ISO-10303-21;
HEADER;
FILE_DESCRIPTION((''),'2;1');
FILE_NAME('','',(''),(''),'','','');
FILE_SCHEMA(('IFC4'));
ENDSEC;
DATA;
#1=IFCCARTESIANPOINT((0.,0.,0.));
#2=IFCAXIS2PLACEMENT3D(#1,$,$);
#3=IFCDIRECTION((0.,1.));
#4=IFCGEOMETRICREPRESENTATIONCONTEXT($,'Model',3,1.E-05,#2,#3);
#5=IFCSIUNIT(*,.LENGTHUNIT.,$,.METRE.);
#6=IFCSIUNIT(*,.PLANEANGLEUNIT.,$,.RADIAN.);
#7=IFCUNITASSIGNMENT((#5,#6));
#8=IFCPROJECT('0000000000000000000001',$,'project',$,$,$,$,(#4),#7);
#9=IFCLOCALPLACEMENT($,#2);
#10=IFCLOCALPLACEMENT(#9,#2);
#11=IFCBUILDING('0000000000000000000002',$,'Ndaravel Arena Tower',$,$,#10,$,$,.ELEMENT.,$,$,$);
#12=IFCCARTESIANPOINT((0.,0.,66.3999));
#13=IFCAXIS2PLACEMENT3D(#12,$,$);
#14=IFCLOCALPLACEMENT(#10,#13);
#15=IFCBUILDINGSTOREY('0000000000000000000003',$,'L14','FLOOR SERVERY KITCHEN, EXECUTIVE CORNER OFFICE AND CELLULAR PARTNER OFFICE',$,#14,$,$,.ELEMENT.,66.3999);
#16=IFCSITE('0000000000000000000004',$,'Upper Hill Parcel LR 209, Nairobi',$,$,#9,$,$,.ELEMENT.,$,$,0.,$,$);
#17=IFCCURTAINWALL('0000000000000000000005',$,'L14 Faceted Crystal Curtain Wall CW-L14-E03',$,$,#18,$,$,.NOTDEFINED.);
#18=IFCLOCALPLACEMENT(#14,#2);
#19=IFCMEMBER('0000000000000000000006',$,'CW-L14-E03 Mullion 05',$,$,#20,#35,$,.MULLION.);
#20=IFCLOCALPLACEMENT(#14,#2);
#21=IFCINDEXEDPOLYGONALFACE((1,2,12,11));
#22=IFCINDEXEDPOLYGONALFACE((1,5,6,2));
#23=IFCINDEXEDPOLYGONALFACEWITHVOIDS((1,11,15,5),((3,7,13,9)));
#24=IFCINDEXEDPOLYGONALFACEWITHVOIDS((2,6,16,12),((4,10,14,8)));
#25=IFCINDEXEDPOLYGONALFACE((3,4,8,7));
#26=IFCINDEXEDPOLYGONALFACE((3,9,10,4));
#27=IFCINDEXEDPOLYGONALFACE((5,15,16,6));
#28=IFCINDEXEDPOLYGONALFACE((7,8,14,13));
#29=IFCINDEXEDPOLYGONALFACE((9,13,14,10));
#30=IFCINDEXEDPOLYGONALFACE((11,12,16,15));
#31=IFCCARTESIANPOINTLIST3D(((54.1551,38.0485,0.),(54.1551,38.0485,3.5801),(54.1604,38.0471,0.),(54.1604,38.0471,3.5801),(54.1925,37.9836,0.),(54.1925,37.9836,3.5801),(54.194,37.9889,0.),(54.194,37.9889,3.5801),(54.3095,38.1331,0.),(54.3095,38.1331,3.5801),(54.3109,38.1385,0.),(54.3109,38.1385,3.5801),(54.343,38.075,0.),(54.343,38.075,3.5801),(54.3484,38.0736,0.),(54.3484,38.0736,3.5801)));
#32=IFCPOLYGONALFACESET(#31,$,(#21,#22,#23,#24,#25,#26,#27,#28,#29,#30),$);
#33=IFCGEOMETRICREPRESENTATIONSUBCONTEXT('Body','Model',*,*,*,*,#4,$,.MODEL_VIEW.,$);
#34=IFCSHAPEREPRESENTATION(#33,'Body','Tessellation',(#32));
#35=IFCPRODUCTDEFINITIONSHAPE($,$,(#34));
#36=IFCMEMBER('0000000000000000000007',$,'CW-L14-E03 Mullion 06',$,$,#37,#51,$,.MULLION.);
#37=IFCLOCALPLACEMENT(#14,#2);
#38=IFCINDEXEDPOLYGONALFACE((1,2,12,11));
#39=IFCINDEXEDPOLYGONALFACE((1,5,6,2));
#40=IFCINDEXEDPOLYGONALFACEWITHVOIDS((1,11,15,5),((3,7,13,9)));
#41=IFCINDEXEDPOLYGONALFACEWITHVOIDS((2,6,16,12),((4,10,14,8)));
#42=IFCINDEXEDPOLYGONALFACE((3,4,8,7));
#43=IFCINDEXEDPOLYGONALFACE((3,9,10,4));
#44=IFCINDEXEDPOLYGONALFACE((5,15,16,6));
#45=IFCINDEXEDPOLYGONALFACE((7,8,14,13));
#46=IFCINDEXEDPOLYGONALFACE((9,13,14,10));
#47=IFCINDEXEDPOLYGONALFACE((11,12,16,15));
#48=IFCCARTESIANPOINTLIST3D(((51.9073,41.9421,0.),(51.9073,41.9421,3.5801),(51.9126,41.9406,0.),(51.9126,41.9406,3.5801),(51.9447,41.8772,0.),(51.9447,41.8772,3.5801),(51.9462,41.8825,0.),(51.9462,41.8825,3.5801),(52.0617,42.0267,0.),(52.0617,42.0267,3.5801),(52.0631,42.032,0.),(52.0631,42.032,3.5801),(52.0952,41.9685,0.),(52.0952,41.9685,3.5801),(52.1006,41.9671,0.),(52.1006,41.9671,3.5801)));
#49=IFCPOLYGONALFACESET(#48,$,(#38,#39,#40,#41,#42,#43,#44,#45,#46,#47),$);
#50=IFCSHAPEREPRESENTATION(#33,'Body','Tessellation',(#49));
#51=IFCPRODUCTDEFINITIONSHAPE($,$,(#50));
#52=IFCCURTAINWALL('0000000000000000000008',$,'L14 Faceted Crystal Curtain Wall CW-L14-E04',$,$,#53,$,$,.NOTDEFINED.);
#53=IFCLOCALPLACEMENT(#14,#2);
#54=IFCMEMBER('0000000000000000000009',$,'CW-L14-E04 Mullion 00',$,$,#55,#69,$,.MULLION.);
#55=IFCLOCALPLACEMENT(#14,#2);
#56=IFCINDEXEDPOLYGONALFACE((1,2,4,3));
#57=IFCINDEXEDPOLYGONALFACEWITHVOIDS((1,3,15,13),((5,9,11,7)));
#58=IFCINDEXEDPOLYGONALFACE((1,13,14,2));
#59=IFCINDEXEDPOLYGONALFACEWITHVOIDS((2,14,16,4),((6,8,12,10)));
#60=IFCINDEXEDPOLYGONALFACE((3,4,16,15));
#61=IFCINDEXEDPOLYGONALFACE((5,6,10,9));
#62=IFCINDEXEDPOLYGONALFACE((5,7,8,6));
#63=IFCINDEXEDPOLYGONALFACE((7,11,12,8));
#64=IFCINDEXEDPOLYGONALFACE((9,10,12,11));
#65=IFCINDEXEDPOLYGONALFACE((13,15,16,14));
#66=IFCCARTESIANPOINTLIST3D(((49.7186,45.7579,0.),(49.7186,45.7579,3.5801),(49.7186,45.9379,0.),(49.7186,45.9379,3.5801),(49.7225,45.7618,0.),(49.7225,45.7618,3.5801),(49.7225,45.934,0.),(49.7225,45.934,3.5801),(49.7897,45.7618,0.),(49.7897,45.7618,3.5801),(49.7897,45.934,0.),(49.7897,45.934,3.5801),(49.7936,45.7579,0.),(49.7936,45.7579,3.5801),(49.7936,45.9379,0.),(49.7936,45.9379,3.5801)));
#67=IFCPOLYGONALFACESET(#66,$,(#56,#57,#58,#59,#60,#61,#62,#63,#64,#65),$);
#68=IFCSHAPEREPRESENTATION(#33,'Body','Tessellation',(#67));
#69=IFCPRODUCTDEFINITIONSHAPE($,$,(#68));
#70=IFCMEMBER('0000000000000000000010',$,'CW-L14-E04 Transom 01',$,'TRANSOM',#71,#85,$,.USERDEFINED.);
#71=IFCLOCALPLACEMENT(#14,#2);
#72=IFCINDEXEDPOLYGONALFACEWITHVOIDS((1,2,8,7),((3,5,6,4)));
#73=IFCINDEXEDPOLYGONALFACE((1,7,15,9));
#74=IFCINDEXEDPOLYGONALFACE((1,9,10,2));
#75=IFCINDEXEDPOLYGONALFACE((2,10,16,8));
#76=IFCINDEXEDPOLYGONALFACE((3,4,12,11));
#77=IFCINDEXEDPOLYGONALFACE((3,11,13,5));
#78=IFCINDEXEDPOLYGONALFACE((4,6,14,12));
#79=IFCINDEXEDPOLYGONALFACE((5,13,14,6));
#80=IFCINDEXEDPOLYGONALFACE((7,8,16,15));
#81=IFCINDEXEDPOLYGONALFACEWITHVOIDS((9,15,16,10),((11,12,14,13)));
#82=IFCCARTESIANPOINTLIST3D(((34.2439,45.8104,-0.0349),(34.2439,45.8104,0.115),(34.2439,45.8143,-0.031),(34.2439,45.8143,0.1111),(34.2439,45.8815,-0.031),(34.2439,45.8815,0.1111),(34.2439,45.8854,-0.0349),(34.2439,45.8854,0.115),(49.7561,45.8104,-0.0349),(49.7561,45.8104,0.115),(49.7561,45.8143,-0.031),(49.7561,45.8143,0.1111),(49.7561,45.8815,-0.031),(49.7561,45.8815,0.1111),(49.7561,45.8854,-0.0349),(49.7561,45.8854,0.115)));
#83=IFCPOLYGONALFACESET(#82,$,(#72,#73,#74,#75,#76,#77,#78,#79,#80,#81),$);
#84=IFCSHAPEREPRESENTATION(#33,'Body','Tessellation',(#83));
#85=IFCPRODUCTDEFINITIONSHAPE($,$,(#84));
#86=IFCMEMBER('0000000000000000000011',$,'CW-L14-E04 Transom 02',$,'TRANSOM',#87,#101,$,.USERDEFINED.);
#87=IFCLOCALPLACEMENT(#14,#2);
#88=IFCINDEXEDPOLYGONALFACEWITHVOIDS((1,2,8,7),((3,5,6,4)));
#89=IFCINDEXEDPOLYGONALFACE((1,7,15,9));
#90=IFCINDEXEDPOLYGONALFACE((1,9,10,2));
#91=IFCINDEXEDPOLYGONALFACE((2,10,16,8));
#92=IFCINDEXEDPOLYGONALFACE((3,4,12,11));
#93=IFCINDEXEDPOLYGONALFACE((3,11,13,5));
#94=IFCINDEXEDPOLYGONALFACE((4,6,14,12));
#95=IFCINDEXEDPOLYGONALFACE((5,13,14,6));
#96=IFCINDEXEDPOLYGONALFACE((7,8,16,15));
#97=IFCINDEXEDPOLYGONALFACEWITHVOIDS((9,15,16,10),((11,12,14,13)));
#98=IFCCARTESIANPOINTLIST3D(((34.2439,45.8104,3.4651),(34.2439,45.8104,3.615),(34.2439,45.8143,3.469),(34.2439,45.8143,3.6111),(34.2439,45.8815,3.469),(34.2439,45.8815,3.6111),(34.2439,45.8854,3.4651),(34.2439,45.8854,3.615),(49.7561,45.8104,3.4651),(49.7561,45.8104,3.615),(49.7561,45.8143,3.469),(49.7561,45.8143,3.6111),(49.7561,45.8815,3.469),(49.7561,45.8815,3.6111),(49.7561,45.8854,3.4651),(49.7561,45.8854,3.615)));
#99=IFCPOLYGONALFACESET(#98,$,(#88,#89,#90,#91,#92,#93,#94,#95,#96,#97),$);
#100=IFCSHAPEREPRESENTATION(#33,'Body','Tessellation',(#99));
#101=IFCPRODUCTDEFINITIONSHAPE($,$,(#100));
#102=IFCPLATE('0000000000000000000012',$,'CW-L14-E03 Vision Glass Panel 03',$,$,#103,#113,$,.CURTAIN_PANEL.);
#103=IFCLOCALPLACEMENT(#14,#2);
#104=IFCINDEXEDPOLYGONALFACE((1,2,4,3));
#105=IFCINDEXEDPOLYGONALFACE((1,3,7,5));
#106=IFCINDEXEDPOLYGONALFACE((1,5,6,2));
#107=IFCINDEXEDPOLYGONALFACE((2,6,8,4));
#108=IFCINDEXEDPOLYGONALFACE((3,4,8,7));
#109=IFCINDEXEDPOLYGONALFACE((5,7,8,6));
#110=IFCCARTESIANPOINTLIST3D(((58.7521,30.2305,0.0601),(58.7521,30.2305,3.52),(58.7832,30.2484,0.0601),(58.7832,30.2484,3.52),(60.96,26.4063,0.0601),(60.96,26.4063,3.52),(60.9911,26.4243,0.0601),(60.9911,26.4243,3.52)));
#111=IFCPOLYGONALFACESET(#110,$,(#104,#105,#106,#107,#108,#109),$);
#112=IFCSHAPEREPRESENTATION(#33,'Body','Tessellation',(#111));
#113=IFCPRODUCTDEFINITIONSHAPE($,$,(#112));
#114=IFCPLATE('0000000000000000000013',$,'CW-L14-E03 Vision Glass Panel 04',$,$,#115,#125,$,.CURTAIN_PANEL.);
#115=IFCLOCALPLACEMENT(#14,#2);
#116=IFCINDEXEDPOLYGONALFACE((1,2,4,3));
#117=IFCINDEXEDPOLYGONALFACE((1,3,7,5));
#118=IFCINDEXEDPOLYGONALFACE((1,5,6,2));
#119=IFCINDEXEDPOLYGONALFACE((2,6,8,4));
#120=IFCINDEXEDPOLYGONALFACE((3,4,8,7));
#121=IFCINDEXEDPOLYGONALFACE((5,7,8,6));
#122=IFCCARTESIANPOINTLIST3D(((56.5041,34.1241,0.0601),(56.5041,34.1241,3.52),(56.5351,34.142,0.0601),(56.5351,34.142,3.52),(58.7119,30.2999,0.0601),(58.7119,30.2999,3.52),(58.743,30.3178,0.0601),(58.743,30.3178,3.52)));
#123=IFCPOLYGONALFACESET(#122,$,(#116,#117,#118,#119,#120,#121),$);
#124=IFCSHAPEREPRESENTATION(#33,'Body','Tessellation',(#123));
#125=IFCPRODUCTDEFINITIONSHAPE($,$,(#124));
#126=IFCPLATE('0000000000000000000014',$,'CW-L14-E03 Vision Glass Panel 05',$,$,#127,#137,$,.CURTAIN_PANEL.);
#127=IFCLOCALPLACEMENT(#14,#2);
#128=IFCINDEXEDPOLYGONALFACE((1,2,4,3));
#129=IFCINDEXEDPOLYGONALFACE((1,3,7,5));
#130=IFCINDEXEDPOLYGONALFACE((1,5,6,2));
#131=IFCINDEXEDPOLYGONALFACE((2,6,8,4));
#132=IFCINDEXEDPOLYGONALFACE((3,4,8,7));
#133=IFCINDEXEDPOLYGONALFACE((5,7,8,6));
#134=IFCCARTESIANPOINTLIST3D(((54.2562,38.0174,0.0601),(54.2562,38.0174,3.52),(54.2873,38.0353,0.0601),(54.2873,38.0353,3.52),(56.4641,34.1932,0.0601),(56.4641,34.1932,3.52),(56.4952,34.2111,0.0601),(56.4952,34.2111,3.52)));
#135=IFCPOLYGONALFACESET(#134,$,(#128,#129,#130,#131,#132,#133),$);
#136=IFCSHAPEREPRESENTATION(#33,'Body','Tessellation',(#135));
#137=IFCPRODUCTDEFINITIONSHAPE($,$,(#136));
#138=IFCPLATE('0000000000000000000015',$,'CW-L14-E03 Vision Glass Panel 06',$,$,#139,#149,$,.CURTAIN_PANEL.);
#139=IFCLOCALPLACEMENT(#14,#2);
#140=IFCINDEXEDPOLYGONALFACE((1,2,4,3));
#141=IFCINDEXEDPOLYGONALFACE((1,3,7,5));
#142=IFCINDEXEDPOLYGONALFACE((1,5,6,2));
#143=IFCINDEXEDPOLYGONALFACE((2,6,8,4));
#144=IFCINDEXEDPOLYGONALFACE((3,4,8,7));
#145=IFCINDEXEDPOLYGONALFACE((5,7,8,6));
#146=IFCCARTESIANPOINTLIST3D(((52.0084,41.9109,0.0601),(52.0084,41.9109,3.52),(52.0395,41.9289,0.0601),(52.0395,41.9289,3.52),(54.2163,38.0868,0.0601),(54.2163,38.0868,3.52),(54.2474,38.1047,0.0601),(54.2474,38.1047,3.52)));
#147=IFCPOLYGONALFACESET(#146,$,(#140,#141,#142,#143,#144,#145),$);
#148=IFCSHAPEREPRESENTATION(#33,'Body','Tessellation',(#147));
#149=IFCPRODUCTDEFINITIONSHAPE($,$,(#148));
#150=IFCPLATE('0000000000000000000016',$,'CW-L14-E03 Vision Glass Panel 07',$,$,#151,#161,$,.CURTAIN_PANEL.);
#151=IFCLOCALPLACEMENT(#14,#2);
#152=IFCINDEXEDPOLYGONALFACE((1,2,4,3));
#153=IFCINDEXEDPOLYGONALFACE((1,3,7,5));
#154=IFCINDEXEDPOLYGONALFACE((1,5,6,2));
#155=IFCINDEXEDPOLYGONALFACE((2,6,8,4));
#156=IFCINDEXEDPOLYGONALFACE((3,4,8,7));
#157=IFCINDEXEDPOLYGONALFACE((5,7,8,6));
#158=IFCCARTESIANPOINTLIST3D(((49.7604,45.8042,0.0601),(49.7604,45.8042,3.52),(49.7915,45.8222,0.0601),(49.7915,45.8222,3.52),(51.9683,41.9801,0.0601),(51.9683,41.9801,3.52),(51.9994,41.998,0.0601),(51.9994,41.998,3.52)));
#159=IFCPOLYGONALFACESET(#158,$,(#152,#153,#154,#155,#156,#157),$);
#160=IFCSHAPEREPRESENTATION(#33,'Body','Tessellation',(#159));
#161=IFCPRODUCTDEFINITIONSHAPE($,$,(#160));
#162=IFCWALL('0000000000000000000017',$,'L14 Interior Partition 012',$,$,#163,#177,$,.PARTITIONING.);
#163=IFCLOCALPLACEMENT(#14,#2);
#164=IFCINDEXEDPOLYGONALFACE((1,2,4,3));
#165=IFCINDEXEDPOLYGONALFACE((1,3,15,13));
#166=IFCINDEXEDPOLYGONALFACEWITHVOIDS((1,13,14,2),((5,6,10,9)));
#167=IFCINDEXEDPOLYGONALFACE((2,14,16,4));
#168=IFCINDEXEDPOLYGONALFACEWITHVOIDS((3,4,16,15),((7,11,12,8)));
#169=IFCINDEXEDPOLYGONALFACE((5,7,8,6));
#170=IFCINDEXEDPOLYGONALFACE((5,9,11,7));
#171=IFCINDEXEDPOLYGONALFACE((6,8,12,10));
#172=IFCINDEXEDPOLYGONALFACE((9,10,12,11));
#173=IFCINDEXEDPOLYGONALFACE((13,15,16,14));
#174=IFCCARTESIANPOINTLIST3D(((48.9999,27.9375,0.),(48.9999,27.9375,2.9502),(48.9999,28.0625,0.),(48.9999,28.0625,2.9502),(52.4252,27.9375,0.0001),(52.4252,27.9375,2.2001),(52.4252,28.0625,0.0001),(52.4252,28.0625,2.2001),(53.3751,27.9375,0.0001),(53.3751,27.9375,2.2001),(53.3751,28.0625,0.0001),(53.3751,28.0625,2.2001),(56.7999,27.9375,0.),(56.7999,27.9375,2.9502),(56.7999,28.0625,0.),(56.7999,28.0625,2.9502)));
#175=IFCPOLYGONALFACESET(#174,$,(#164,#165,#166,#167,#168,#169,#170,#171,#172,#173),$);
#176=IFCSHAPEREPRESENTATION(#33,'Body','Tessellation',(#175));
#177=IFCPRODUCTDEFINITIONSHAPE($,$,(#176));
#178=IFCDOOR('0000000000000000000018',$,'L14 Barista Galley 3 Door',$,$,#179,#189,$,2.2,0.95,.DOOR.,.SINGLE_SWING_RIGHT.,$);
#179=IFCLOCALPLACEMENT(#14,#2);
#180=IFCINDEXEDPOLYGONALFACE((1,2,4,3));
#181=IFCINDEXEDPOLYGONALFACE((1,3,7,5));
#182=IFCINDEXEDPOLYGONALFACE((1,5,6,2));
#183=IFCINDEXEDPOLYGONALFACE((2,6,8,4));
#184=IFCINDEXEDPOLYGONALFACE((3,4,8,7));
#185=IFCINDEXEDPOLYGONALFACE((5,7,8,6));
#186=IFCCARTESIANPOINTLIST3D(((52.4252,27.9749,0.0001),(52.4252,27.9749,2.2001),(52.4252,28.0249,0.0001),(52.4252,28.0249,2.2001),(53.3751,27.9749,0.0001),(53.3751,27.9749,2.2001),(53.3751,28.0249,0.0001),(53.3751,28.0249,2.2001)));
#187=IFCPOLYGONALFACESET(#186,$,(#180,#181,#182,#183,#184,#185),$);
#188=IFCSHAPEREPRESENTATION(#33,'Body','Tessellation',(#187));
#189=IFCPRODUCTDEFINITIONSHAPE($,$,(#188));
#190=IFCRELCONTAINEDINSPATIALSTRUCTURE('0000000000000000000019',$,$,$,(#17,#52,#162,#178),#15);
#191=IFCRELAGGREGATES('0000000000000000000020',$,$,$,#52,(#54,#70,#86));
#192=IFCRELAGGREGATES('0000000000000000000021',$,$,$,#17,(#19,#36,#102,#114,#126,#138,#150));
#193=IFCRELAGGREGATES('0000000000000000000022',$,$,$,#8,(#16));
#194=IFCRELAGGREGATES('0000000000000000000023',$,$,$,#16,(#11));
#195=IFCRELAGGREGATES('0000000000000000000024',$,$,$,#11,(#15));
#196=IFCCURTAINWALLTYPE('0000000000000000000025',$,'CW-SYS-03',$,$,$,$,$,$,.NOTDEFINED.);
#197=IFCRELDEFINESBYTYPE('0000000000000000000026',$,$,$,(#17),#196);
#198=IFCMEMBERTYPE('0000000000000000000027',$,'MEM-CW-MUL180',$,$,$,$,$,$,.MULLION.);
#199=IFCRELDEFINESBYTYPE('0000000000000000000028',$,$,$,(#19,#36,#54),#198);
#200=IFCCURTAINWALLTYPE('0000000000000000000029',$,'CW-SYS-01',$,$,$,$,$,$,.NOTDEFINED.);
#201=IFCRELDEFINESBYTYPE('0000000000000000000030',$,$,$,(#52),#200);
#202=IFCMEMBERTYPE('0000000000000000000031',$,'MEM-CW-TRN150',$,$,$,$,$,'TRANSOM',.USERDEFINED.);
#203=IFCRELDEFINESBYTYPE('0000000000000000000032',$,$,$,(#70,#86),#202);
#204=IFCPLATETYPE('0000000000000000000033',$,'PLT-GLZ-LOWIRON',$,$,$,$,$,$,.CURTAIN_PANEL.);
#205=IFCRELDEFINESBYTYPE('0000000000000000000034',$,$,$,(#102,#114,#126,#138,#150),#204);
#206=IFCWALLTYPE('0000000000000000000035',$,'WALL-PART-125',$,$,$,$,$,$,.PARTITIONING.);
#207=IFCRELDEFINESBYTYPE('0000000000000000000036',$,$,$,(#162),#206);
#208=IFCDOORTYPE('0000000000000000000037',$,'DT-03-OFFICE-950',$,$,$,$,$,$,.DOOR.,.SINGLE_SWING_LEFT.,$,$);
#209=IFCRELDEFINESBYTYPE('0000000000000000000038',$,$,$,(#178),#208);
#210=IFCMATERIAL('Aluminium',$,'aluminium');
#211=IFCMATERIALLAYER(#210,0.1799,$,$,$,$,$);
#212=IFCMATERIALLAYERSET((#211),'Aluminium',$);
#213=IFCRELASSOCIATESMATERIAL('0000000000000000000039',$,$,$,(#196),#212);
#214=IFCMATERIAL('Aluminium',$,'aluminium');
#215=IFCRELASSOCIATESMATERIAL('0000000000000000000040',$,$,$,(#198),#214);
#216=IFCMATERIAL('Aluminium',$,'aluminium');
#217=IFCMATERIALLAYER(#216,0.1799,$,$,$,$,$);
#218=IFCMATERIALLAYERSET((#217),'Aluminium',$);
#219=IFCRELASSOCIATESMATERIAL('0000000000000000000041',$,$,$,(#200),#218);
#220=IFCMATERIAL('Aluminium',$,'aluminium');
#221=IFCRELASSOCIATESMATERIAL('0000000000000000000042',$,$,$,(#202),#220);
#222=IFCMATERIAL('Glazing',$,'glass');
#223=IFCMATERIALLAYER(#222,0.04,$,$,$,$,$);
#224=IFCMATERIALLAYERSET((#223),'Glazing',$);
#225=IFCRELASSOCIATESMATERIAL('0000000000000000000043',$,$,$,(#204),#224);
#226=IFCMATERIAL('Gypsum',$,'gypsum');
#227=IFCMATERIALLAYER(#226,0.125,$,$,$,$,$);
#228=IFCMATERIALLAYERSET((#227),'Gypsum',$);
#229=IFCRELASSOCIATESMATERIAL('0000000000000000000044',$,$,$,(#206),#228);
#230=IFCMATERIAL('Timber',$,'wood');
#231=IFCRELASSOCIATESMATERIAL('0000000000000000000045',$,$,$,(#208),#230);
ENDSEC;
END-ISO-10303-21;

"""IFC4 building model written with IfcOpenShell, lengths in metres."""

from ifc_helpers import new_model, si_unit, direction, frame, frame_2d, origin, origin_2d, place, context, subcontext, project, spatial, rectangle, hollow_rectangle, extrude, material, layer, layer_set, material_profile, profile_set, type_object, element, fill, aggregate, save


model = new_model("IFC4")

# Units and contexts
model_context = context("Model", 3, precision=1e-05, world=origin(), true_north=direction((0.0, 1.0)))
body_context = subcontext(model_context, "Body", "Model", "MODEL_VIEW")
ifc_project = project(units=[si_unit("LENGTHUNIT", "METRE"), si_unit("PLANEANGLEUNIT", "RADIAN")], contexts=[model_context])

# Site, building, storey
site_placement = place(None, origin())
site = spatial("IfcSite", under=ifc_project, at=site_placement, Name="Upper Hill Parcel LR 209, Nairobi", CompositionType="ELEMENT", RefElevation=0.0)
building_placement = place(site_placement, origin())
building = spatial("IfcBuilding", under=site, at=building_placement, Name="Ndaravel Arena Tower", CompositionType="ELEMENT")
storey_placement = place(building_placement, frame((0.0, 0.0, 66.3999)))
storey = spatial("IfcBuildingStorey", under=building, at=storey_placement, Name="L14", Description="FLOOR SERVERY KITCHEN, EXECUTIVE CORNER OFFICE AND CELLULAR PARTNER OFFICE", CompositionType="ELEMENT", Elevation=66.3999)

# Curtain walls, members
ifc_material_1 = material(Name="Aluminium", Category="aluminium")
ifc_layer_1 = layer(ifc_material_1, 0.1799)
ifc_layer_set_1 = layer_set([ifc_layer_1], Name="Aluminium")
curtain_wall_type_1 = type_object("IfcCurtainWallType", Name="CW-SYS-03", PredefinedType="NOTDEFINED", material=ifc_layer_set_1)
curtain_wall_1_placement = place(storey_placement, origin())
curtain_wall_1 = element("IfcCurtainWall", 1, at=curtain_wall_1_placement, inside=storey, type_object=curtain_wall_type_1, Name="L14 Faceted Crystal Curtain Wall CW-L14-E03", PredefinedType="NOTDEFINED")
ifc_material_2 = material(Name="Aluminium", Category="aluminium")
ifc_material_profile_1 = material_profile(ifc_material_2, hollow_rectangle(XDim=0.075, YDim=0.1799, WallThickness=0.0039, at=origin_2d()), Name="CW MULLION 75x180x4")
ifc_profile_set_1 = profile_set([ifc_material_profile_1], Name="Aluminium")
member_type_1 = type_object("IfcMemberType", Name="MEM-CW-MUL180", PredefinedType="MULLION", material=ifc_profile_set_1)
member_1_placement = place(storey_placement, frame((54.2517, 38.061, 0.0), z_axis=(0.0, 0.0, 1.0), x_axis=(-0.5, 0.866025, 0.0)))
member_1 = element("IfcMember", 2, at=member_1_placement, type_object=member_type_1, Name="CW-L14-E03 Mullion 05", PredefinedType="MULLION", context=body_context, shape_type="SweptSolid", body=[
    extrude(hollow_rectangle(XDim=0.075, YDim=0.1799, WallThickness=0.0039, at=origin_2d()), origin(), (0.0, 0.0, 1.0), 3.5801),
])
member_2_placement = place(storey_placement, frame((52.0039, 41.9546, 0.0), z_axis=(0.0, 0.0, 1.0), x_axis=(-0.5, 0.866025, 0.0)))
member_2 = element("IfcMember", 3, at=member_2_placement, type_object=member_type_1, Name="CW-L14-E03 Mullion 06", PredefinedType="MULLION", context=body_context, shape_type="SweptSolid", body=[
    extrude(hollow_rectangle(XDim=0.075, YDim=0.1799, WallThickness=0.0039, at=origin_2d()), origin(), (0.0, 0.0, 1.0), 3.5801),
])
ifc_material_3 = material(Name="Aluminium", Category="aluminium")
ifc_layer_2 = layer(ifc_material_3, 0.1799)
ifc_layer_set_2 = layer_set([ifc_layer_2], Name="Aluminium")
curtain_wall_type_2 = type_object("IfcCurtainWallType", Name="CW-SYS-01", PredefinedType="NOTDEFINED", material=ifc_layer_set_2)
curtain_wall_2_placement = place(storey_placement, origin())
curtain_wall_2 = element("IfcCurtainWall", 4, at=curtain_wall_2_placement, inside=storey, type_object=curtain_wall_type_2, Name="L14 Faceted Crystal Curtain Wall CW-L14-E04", PredefinedType="NOTDEFINED")
member_3_placement = place(storey_placement, frame((49.7561, 45.8479, 0.0), z_axis=(0.0, 0.0, 1.0), x_axis=(-1.0, 0.0, 0.0)))
member_3 = element("IfcMember", 5, at=member_3_placement, type_object=member_type_1, Name="CW-L14-E04 Mullion 00", PredefinedType="MULLION", context=body_context, shape_type="SweptSolid", body=[
    extrude(hollow_rectangle(XDim=0.075, YDim=0.1799, WallThickness=0.0039, at=origin_2d()), origin(), (0.0, 0.0, 1.0), 3.5801),
])
ifc_material_4 = material(Name="Aluminium", Category="aluminium")
ifc_material_profile_2 = material_profile(ifc_material_4, hollow_rectangle(XDim=0.075, YDim=0.1499, WallThickness=0.0039, at=origin_2d()), Name="CW TRANSOM 75x150x4")
ifc_profile_set_2 = profile_set([ifc_material_profile_2], Name="Aluminium")
member_type_2 = type_object("IfcMemberType", Name="MEM-CW-TRN150", ElementType="TRANSOM", PredefinedType="USERDEFINED", material=ifc_profile_set_2)
member_4_placement = place(storey_placement, frame((49.7561, 45.8479, 0.04), z_axis=(-1.0, 0.0, 0.0), x_axis=(0.0, -1.0, 0.0)))
member_4 = element("IfcMember", 6, at=member_4_placement, type_object=member_type_2, Name="CW-L14-E04 Transom 01", ObjectType="TRANSOM", PredefinedType="USERDEFINED", context=body_context, shape_type="SweptSolid", body=[
    extrude(hollow_rectangle(XDim=0.075, YDim=0.1499, WallThickness=0.0039, at=origin_2d()), origin(), (0.0, 0.0, 1.0), 15.5122),
])
member_5_placement = place(storey_placement, frame((49.7561, 45.8479, 3.54), z_axis=(-1.0, 0.0, 0.0), x_axis=(0.0, -1.0, 0.0)))
member_5 = element("IfcMember", 7, at=member_5_placement, type_object=member_type_2, Name="CW-L14-E04 Transom 02", ObjectType="TRANSOM", PredefinedType="USERDEFINED", context=body_context, shape_type="SweptSolid", body=[
    extrude(hollow_rectangle(XDim=0.075, YDim=0.1499, WallThickness=0.0039, at=origin_2d()), origin(), (0.0, 0.0, 1.0), 15.5122),
])
aggregate(curtain_wall_2, [member_3, member_4, member_5])

# Plates
ifc_material_5 = material(Name="Glazing", Category="glass")
ifc_layer_3 = layer(ifc_material_5, 0.04)
ifc_layer_set_3 = layer_set([ifc_layer_3], Name="Glazing")
plate_type = type_object("IfcPlateType", Name="PLT-GLZ-LOWIRON", PredefinedType="CURTAIN_PANEL", material=ifc_layer_set_3)
plate_1_placement = place(storey_placement, frame((59.8716, 28.3274, 0.0601), z_axis=(0.0, 0.0, 1.0), x_axis=(-0.5, 0.866025, 0.0)))
plate_1 = element("IfcPlate", 8, at=plate_1_placement, type_object=plate_type, Name="CW-L14-E03 Vision Glass Panel 03", PredefinedType="CURTAIN_PANEL", context=body_context, shape_type="SweptSolid", body=[
    extrude(rectangle(XDim=4.4158, YDim=0.0359, at=origin_2d()), origin(), (0.0, 0.0, 1.0), 3.46),
])
plate_2_placement = place(storey_placement, frame((57.6235, 32.2209, 0.0601), z_axis=(0.0, 0.0, 1.0), x_axis=(-0.5, 0.866025, 0.0)))
plate_2 = element("IfcPlate", 9, at=plate_2_placement, type_object=plate_type, Name="CW-L14-E03 Vision Glass Panel 04", PredefinedType="CURTAIN_PANEL", context=body_context, shape_type="SweptSolid", body=[
    extrude(rectangle(XDim=4.4158, YDim=0.0359, at=origin_2d()), origin(), (0.0, 0.0, 1.0), 3.46),
])
plate_3_placement = place(storey_placement, frame((55.3757, 36.1143, 0.0601), z_axis=(0.0, 0.0, 1.0), x_axis=(-0.5, 0.866025, 0.0)))
plate_3 = element("IfcPlate", 10, at=plate_3_placement, type_object=plate_type, Name="CW-L14-E03 Vision Glass Panel 05", PredefinedType="CURTAIN_PANEL", context=body_context, shape_type="SweptSolid", body=[
    extrude(rectangle(XDim=4.4158, YDim=0.0359, at=origin_2d()), origin(), (0.0, 0.0, 1.0), 3.46),
])
plate_4_placement = place(storey_placement, frame((53.1279, 40.0078, 0.0601), z_axis=(0.0, 0.0, 1.0), x_axis=(-0.5, 0.866025, 0.0)))
plate_4 = element("IfcPlate", 11, at=plate_4_placement, type_object=plate_type, Name="CW-L14-E03 Vision Glass Panel 06", PredefinedType="CURTAIN_PANEL", context=body_context, shape_type="SweptSolid", body=[
    extrude(rectangle(XDim=4.4158, YDim=0.0359, at=origin_2d()), origin(), (0.0, 0.0, 1.0), 3.46),
])
plate_5_placement = place(storey_placement, frame((50.8799, 43.9011, 0.0601), z_axis=(0.0, 0.0, 1.0), x_axis=(-0.5, 0.866025, 0.0)))
plate_5 = element("IfcPlate", 12, at=plate_5_placement, type_object=plate_type, Name="CW-L14-E03 Vision Glass Panel 07", PredefinedType="CURTAIN_PANEL", context=body_context, shape_type="SweptSolid", body=[
    extrude(rectangle(XDim=4.4158, YDim=0.0359, at=origin_2d()), origin(), (0.0, 0.0, 1.0), 3.46),
])
aggregate(curtain_wall_1, [member_1, member_2, plate_1, plate_2, plate_3, plate_4, plate_5])

# Wall, opening, door
ifc_material_6 = material(Name="Gypsum", Category="gypsum")
ifc_layer_4 = layer(ifc_material_6, 0.125)
ifc_layer_set_4 = layer_set([ifc_layer_4], Name="Gypsum")
wall_type_1 = type_object("IfcWallType", Name="WALL-PART-125", PredefinedType="PARTITIONING", material=ifc_layer_set_4)
wall_1_placement = place(storey_placement, frame((49.0, 28.0, 0.0), z_axis=(0.0, 0.0, 1.0), x_axis=(1.0, 0.0, 0.0)))
wall_1 = element("IfcWall", 13, at=wall_1_placement, inside=storey, type_object=wall_type_1, Name="L14 Interior Partition 012", PredefinedType="PARTITIONING", context=body_context, shape_type="SweptSolid", body=[
    extrude(rectangle(XDim=7.8, YDim=0.125, at=frame_2d((3.8999, 0.0))), origin(), (0.0, 0.0, 1.0), 2.9502),
])
opening_1_placement = place(wall_1_placement, frame((3.425, 0.0, 0.0)))
opening_1 = element("IfcOpeningElement", 14, at=opening_1_placement, cuts=wall_1, PredefinedType="OPENING", context=body_context, shape_type="SweptSolid", body=[
    extrude(rectangle(XDim=0.95, YDim=2.2, at=frame_2d((0.4751, 1.1001))), frame((0.0, 0.0625, 0.0), z_axis=(0.0, -1.0, 0.0), x_axis=(1.0, 0.0, 0.0)), (0.0, 0.0, 1.0), 0.125),
])
ifc_material_7 = material(Name="Timber", Category="wood")
door_type = type_object("IfcDoorType", Name="DT-03-OFFICE-950", OperationType="SINGLE_SWING_LEFT", PredefinedType="DOOR", material=ifc_material_7)
door_1_placement = place(opening_1_placement, origin())
door_1 = element("IfcDoor", 15, at=door_1_placement, inside=storey, type_object=door_type, Name="L14 Barista Galley 3 Door", OperationType="SINGLE_SWING_RIGHT", OverallHeight=2.2, OverallWidth=0.95, PredefinedType="DOOR", context=body_context, shape_type="SweptSolid", body=[
    extrude(rectangle(XDim=0.95, YDim=2.2, at=frame_2d((0.4751, 1.1001))), frame((0.0, 0.0249, 0.0), z_axis=(0.0, -1.0, 0.0), x_axis=(1.0, 0.0, 0.0)), (0.0, 0.0, 1.0), 0.05),
])
fill(opening_1, door_1)

save(model, "model.ifc")
